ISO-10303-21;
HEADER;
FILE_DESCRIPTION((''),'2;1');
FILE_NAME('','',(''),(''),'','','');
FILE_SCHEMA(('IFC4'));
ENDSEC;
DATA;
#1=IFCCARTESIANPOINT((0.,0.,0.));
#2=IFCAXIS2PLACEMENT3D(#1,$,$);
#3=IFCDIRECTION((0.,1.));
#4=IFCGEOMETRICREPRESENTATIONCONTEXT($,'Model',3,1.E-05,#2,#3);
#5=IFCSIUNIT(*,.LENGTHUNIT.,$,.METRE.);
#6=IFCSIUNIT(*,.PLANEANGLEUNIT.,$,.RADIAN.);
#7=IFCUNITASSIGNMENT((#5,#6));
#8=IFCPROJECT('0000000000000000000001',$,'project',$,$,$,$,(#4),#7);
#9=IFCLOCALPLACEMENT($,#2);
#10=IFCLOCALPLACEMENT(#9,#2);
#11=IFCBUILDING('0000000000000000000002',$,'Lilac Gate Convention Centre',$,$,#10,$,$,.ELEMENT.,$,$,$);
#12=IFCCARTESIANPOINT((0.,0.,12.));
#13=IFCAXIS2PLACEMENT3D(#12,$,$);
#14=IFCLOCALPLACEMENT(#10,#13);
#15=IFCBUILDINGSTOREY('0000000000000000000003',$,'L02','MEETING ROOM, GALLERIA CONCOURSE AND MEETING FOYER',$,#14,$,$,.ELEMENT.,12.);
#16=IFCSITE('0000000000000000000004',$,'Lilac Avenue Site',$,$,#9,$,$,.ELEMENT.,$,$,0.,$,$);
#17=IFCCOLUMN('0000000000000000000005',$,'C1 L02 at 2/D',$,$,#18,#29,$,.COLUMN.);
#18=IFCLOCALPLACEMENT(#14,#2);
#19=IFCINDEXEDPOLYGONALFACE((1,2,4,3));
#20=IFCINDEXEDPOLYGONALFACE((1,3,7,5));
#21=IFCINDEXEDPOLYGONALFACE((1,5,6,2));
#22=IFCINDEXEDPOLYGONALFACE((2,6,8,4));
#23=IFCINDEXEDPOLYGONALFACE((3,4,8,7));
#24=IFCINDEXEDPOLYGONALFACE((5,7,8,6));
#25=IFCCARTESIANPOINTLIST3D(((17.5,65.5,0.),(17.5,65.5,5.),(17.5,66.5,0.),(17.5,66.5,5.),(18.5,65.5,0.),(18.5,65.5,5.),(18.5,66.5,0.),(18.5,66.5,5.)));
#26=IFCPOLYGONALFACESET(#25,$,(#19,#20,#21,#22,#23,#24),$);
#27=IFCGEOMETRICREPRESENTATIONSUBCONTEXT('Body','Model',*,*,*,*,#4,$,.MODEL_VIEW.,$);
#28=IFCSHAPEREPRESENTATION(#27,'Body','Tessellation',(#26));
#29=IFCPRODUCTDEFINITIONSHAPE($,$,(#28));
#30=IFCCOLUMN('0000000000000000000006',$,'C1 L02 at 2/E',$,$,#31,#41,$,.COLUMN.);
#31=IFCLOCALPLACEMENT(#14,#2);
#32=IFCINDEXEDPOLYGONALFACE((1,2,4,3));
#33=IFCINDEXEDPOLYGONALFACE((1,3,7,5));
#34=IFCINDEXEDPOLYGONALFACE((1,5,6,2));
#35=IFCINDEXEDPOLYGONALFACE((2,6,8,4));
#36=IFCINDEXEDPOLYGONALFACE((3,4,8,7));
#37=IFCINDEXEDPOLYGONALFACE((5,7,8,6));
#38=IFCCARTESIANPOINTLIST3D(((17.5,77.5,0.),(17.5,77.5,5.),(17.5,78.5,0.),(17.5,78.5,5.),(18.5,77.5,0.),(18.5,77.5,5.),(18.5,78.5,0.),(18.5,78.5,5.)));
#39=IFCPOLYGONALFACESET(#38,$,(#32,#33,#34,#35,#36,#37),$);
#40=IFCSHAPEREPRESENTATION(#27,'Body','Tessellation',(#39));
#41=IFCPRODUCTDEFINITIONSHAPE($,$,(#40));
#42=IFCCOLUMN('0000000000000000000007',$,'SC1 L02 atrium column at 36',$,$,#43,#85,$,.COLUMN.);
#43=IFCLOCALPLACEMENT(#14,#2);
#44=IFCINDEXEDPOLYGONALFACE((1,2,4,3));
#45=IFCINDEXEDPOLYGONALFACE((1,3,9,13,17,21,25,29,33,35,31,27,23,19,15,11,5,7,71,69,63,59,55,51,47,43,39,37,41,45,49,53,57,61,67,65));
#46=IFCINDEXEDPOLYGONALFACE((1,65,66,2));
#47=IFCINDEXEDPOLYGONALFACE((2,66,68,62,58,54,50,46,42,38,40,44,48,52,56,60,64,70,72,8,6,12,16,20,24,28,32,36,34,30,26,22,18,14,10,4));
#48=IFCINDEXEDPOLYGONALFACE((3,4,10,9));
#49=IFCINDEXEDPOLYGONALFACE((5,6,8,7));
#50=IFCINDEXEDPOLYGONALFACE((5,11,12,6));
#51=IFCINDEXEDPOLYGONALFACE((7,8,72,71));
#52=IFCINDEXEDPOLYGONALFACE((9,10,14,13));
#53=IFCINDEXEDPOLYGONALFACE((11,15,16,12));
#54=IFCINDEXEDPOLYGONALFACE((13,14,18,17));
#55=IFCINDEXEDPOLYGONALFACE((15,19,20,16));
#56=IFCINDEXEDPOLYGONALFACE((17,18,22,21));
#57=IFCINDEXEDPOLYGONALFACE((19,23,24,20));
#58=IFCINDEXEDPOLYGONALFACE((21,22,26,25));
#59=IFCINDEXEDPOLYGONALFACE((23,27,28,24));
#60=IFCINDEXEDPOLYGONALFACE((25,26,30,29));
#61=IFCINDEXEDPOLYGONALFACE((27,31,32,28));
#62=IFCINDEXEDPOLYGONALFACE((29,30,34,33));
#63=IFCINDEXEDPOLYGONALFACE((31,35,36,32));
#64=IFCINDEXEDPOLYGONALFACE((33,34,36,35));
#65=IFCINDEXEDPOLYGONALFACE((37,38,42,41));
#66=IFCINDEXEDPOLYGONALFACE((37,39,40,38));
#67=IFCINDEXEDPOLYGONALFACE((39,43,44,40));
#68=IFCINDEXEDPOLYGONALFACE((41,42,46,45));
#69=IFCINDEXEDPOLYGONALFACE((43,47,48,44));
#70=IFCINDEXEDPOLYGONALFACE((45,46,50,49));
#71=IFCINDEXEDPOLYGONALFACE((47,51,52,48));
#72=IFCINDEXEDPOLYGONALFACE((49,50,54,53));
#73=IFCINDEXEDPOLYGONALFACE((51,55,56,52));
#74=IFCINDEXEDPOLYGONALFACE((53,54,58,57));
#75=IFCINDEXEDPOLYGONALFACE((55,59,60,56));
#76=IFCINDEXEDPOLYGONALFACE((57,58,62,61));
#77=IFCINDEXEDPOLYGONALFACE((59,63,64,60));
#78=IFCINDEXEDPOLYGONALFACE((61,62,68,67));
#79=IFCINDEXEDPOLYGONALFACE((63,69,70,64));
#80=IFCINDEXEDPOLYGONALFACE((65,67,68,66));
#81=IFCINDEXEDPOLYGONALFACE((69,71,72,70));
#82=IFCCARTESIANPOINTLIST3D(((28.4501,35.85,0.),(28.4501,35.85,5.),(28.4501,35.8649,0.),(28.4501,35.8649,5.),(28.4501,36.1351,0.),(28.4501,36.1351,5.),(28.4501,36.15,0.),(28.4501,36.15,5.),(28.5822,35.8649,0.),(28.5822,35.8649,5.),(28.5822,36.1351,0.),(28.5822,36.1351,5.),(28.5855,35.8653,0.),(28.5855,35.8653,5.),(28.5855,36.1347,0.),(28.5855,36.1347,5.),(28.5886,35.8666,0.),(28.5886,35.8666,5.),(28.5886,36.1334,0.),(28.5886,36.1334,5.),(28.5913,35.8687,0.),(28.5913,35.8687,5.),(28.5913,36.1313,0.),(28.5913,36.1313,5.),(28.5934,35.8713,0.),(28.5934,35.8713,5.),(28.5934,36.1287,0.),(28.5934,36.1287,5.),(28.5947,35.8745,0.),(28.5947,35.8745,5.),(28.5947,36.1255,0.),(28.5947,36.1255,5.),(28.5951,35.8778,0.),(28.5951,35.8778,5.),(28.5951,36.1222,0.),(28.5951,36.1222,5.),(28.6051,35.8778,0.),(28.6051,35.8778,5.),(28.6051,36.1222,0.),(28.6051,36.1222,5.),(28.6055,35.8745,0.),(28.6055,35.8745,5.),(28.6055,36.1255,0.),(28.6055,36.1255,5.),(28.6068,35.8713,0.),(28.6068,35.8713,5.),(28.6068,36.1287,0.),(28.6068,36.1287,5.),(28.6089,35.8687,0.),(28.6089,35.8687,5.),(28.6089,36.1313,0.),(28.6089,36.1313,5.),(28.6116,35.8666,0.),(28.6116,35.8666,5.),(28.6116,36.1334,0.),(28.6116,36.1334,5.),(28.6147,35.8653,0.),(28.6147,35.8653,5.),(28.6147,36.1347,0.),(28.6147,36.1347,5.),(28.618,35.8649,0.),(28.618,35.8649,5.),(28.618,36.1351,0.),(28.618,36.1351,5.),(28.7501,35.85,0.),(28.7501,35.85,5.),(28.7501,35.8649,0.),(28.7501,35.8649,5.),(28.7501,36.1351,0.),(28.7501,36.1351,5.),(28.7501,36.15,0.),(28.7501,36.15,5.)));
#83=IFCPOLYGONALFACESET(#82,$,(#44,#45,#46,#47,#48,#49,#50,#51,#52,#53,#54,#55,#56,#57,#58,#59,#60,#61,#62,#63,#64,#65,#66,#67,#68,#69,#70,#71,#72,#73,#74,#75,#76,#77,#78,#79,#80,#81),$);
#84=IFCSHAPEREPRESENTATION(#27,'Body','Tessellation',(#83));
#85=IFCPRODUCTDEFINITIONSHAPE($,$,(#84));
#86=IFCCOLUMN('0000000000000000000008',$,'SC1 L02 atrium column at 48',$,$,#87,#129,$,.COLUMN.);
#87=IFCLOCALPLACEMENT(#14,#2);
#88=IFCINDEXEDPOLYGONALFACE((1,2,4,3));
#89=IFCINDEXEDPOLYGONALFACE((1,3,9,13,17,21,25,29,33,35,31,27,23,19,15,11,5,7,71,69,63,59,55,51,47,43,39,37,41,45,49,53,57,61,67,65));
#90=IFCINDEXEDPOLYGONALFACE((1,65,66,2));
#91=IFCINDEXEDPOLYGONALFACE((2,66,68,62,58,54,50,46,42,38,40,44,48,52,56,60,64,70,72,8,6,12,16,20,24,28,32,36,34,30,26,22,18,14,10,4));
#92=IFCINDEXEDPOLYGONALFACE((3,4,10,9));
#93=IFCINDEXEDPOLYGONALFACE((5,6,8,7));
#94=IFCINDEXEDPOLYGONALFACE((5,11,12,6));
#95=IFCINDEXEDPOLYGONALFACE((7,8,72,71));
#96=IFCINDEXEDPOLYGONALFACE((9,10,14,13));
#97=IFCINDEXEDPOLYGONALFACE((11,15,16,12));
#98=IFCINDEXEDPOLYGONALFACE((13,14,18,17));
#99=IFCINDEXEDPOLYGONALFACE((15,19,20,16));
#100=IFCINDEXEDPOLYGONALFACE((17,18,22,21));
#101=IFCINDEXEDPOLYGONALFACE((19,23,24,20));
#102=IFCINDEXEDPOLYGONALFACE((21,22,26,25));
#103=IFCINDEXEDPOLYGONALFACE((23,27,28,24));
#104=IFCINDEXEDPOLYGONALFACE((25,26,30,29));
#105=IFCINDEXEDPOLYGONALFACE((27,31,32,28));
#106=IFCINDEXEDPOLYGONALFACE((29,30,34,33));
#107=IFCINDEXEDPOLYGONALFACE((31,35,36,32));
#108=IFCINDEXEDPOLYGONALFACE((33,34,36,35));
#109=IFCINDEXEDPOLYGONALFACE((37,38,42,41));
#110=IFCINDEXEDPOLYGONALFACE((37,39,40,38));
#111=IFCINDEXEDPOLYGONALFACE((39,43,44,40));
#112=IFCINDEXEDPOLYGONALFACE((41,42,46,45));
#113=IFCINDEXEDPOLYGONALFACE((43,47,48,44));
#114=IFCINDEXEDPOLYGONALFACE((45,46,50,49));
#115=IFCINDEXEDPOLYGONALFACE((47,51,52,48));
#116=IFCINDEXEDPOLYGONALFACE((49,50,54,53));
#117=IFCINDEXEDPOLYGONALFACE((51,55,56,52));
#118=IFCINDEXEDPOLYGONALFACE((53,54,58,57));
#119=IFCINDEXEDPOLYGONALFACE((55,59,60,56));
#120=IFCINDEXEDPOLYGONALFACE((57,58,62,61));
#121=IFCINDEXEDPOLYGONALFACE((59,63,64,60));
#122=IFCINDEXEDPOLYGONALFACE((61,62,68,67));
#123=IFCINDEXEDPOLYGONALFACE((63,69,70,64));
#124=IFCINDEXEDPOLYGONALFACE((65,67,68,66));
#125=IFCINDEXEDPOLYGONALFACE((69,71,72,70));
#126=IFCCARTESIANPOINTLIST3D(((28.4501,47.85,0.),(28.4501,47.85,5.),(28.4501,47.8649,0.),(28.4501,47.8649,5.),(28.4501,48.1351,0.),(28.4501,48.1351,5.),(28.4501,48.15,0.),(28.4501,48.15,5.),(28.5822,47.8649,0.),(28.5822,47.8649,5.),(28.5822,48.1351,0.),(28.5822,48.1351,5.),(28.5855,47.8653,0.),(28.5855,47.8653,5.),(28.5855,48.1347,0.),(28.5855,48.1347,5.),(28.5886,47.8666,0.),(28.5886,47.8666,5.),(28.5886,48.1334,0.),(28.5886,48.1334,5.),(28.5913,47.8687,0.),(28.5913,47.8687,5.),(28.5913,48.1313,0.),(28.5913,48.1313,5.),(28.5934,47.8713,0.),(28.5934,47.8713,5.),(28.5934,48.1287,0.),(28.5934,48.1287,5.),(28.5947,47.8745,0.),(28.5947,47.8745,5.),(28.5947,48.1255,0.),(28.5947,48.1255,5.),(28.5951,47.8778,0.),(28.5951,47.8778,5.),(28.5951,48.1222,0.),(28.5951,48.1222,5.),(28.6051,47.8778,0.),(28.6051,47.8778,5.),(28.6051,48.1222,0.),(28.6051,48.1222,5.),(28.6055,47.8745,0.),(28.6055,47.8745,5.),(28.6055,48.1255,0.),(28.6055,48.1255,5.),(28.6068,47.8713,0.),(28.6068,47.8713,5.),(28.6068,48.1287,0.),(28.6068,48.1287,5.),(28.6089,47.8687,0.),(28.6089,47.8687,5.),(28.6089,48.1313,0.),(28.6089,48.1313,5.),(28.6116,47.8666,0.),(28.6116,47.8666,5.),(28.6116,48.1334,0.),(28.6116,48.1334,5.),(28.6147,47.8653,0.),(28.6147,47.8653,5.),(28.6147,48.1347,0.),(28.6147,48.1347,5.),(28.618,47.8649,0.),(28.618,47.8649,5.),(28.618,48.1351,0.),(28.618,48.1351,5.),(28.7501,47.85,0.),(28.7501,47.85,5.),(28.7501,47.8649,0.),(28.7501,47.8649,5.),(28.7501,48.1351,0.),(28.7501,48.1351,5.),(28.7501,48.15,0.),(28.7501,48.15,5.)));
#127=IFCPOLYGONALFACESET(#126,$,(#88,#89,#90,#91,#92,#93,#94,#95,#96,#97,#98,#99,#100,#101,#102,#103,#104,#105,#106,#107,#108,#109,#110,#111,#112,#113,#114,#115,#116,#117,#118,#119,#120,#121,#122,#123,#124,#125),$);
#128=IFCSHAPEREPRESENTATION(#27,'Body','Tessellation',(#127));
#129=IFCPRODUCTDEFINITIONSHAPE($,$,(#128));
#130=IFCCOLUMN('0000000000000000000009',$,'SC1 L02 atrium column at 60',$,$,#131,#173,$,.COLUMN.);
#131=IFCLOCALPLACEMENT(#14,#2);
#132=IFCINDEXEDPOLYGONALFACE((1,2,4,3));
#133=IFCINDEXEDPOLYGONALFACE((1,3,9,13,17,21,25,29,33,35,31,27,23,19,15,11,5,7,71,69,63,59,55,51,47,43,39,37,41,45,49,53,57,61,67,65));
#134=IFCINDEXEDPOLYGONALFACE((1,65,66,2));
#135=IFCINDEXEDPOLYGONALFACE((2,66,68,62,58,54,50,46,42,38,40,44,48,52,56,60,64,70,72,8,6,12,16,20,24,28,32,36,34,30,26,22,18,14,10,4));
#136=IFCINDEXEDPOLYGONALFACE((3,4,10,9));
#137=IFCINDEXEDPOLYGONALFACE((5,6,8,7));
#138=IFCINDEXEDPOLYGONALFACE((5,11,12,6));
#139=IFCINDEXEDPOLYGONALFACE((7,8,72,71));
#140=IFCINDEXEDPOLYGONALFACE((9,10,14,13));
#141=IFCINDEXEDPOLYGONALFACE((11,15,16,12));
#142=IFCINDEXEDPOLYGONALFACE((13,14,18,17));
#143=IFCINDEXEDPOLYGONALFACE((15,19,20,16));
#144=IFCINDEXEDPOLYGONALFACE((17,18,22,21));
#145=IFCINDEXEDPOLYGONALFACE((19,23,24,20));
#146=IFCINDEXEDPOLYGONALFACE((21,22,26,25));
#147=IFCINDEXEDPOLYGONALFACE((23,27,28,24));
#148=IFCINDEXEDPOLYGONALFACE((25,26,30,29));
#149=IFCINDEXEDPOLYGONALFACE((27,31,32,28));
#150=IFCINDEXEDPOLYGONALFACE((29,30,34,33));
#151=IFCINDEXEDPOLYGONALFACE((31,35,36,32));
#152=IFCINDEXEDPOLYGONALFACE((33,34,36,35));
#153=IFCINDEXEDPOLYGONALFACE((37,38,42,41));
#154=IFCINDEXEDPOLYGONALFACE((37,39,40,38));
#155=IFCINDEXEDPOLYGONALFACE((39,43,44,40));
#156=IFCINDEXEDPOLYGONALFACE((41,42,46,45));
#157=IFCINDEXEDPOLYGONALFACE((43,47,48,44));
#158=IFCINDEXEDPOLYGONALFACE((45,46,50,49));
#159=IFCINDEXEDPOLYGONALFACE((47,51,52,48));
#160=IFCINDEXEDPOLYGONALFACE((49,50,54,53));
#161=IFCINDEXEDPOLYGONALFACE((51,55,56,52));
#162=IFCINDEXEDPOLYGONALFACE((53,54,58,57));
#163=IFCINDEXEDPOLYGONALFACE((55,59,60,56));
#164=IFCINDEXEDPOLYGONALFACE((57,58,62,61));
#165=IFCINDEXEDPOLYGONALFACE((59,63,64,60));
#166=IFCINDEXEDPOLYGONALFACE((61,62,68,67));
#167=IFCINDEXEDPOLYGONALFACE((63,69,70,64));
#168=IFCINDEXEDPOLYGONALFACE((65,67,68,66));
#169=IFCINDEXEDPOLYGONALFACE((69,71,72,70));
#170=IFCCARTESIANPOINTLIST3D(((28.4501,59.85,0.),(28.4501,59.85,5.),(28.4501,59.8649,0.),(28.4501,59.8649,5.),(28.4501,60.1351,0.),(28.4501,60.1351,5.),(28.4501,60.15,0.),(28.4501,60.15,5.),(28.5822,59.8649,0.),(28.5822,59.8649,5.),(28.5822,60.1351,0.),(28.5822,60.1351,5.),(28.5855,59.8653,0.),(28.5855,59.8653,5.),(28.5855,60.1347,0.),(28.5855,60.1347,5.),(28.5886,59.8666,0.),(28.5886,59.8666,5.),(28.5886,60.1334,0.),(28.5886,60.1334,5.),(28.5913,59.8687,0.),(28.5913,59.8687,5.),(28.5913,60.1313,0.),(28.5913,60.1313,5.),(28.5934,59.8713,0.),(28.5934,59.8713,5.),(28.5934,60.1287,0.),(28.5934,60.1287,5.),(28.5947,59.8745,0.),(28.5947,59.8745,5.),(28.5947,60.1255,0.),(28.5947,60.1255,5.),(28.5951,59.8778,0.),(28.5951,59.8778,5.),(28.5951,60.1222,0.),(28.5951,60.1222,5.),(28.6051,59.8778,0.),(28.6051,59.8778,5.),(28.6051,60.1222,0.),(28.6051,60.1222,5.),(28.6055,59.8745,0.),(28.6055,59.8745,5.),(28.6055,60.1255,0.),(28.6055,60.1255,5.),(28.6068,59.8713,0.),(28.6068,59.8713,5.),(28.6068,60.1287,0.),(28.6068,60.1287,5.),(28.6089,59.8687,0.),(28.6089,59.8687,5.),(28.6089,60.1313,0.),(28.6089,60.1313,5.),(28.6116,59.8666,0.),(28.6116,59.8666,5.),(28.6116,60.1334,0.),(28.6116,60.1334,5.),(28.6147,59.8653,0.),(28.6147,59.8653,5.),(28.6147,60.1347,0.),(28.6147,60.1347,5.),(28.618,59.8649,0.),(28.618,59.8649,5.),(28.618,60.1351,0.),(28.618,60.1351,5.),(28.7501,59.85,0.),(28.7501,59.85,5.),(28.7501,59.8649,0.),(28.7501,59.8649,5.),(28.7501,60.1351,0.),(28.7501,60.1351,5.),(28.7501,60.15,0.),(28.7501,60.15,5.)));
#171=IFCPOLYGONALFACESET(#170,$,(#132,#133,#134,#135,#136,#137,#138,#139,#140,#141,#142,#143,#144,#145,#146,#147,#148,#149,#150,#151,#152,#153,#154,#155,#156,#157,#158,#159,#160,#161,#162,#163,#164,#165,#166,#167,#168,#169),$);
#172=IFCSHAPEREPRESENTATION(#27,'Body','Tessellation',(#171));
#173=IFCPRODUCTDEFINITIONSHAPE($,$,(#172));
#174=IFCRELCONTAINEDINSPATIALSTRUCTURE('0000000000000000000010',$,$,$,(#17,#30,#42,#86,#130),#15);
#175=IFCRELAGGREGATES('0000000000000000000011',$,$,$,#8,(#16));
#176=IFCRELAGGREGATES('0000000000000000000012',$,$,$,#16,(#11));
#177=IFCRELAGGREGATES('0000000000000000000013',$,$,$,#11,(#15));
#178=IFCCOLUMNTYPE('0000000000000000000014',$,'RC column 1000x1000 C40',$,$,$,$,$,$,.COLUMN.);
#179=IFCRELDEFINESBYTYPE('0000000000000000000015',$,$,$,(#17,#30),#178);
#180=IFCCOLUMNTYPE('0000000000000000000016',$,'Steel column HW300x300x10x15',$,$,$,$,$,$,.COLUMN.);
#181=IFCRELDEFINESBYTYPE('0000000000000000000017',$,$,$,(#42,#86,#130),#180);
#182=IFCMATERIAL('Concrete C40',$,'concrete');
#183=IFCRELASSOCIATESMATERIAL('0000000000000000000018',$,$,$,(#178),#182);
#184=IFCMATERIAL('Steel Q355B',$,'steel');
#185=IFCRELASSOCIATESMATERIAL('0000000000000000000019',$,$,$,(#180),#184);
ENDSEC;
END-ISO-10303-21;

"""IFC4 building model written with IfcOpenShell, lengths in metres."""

from ifc_helpers import new_model, si_unit, direction, frame, origin, origin_2d, place, context, subcontext, project, spatial, rectangle, i_section, extrude, material, material_profile, profile_set, type_object, element, save


model = new_model("IFC4")

# Units and contexts
model_context = context("Model", 3, precision=1e-05, world=origin(), true_north=direction((0.0, 1.0)))
body_context = subcontext(model_context, "Body", "Model", "MODEL_VIEW")
ifc_project = project(units=[si_unit("LENGTHUNIT", "METRE"), si_unit("PLANEANGLEUNIT", "RADIAN")], contexts=[model_context])

# Site, building, storey
site_placement = place(None, origin())
site = spatial("IfcSite", under=ifc_project, at=site_placement, Name="Lilac Avenue Site", CompositionType="ELEMENT", RefElevation=0.0)
building_placement = place(site_placement, origin())
building = spatial("IfcBuilding", under=site, at=building_placement, Name="Lilac Gate Convention Centre", CompositionType="ELEMENT")
storey_placement = place(building_placement, frame((0.0, 0.0, 12.0)))
storey = spatial("IfcBuildingStorey", under=building, at=storey_placement, Name="L02", Description="MEETING ROOM, GALLERIA CONCOURSE AND MEETING FOYER", CompositionType="ELEMENT", Elevation=12.0)

# Columns
ifc_material_1 = material(Name="Concrete C40", Category="concrete")
ifc_material_profile_1 = material_profile(ifc_material_1, rectangle(XDim=1.0, YDim=1.0, at=origin_2d()), Name="RC 1000x1000")
ifc_profile_set_1 = profile_set([ifc_material_profile_1], Name="Concrete C40")
column_type_1 = type_object("IfcColumnType", Name="RC column 1000x1000 C40", PredefinedType="COLUMN", material=ifc_profile_set_1)
for number, where, z_axis, x_axis, name in (
    (1, (18.0, 66.0, 0.0), (0.0, 0.0, 1.0), (1.0, 0.0, 0.0), "C1 L02 at 2/D"),
    (2, (18.0, 78.0, 0.0), (0.0, 0.0, 1.0), (1.0, 0.0, 0.0), "C1 L02 at 2/E"),
):
    element("IfcColumn", number, at=place(storey_placement, frame(where, z_axis=z_axis, x_axis=x_axis)), inside=storey, type_object=column_type_1, Name=name, PredefinedType="COLUMN", context=body_context, shape_type="SweptSolid", body=[
        extrude(rectangle(XDim=1.0, YDim=1.0, at=origin_2d()), origin(), (0.0, 0.0, 1.0), 5.0),
    ])
ifc_material_2 = material(Name="Steel Q355B", Category="steel")
ifc_material_profile_2 = material_profile(ifc_material_2, i_section(OverallWidth=0.3, OverallDepth=0.3, WebThickness=0.01, FlangeThickness=0.0149, FilletRadius=0.0129, at=origin_2d()), Name="HW300x300x10x15")
ifc_profile_set_2 = profile_set([ifc_material_profile_2], Name="Steel Q355B")
column_type_2 = type_object("IfcColumnType", Name="Steel column HW300x300x10x15", PredefinedType="COLUMN", material=ifc_profile_set_2)
for number, where, z_axis, x_axis, name in (
    (3, (28.6001, 36.0, 0.0), (0.0, 0.0, 1.0), (1.0, 0.0, 0.0), "SC1 L02 atrium column at 36"),
    (4, (28.6001, 48.0, 0.0), (0.0, 0.0, 1.0), (1.0, 0.0, 0.0), "SC1 L02 atrium column at 48"),
    (5, (28.6001, 60.0, 0.0), (0.0, 0.0, 1.0), (1.0, 0.0, 0.0), "SC1 L02 atrium column at 60"),
):
    element("IfcColumn", number, at=place(storey_placement, frame(where, z_axis=z_axis, x_axis=x_axis)), inside=storey, type_object=column_type_2, Name=name, PredefinedType="COLUMN", context=body_context, shape_type="SweptSolid", body=[
        extrude(i_section(OverallWidth=0.3, OverallDepth=0.3, WebThickness=0.01, FlangeThickness=0.0149, FilletRadius=0.0129, at=origin_2d()), origin(), (0.0, 0.0, 1.0), 5.0),
    ])

save(model, "model.ifc")
